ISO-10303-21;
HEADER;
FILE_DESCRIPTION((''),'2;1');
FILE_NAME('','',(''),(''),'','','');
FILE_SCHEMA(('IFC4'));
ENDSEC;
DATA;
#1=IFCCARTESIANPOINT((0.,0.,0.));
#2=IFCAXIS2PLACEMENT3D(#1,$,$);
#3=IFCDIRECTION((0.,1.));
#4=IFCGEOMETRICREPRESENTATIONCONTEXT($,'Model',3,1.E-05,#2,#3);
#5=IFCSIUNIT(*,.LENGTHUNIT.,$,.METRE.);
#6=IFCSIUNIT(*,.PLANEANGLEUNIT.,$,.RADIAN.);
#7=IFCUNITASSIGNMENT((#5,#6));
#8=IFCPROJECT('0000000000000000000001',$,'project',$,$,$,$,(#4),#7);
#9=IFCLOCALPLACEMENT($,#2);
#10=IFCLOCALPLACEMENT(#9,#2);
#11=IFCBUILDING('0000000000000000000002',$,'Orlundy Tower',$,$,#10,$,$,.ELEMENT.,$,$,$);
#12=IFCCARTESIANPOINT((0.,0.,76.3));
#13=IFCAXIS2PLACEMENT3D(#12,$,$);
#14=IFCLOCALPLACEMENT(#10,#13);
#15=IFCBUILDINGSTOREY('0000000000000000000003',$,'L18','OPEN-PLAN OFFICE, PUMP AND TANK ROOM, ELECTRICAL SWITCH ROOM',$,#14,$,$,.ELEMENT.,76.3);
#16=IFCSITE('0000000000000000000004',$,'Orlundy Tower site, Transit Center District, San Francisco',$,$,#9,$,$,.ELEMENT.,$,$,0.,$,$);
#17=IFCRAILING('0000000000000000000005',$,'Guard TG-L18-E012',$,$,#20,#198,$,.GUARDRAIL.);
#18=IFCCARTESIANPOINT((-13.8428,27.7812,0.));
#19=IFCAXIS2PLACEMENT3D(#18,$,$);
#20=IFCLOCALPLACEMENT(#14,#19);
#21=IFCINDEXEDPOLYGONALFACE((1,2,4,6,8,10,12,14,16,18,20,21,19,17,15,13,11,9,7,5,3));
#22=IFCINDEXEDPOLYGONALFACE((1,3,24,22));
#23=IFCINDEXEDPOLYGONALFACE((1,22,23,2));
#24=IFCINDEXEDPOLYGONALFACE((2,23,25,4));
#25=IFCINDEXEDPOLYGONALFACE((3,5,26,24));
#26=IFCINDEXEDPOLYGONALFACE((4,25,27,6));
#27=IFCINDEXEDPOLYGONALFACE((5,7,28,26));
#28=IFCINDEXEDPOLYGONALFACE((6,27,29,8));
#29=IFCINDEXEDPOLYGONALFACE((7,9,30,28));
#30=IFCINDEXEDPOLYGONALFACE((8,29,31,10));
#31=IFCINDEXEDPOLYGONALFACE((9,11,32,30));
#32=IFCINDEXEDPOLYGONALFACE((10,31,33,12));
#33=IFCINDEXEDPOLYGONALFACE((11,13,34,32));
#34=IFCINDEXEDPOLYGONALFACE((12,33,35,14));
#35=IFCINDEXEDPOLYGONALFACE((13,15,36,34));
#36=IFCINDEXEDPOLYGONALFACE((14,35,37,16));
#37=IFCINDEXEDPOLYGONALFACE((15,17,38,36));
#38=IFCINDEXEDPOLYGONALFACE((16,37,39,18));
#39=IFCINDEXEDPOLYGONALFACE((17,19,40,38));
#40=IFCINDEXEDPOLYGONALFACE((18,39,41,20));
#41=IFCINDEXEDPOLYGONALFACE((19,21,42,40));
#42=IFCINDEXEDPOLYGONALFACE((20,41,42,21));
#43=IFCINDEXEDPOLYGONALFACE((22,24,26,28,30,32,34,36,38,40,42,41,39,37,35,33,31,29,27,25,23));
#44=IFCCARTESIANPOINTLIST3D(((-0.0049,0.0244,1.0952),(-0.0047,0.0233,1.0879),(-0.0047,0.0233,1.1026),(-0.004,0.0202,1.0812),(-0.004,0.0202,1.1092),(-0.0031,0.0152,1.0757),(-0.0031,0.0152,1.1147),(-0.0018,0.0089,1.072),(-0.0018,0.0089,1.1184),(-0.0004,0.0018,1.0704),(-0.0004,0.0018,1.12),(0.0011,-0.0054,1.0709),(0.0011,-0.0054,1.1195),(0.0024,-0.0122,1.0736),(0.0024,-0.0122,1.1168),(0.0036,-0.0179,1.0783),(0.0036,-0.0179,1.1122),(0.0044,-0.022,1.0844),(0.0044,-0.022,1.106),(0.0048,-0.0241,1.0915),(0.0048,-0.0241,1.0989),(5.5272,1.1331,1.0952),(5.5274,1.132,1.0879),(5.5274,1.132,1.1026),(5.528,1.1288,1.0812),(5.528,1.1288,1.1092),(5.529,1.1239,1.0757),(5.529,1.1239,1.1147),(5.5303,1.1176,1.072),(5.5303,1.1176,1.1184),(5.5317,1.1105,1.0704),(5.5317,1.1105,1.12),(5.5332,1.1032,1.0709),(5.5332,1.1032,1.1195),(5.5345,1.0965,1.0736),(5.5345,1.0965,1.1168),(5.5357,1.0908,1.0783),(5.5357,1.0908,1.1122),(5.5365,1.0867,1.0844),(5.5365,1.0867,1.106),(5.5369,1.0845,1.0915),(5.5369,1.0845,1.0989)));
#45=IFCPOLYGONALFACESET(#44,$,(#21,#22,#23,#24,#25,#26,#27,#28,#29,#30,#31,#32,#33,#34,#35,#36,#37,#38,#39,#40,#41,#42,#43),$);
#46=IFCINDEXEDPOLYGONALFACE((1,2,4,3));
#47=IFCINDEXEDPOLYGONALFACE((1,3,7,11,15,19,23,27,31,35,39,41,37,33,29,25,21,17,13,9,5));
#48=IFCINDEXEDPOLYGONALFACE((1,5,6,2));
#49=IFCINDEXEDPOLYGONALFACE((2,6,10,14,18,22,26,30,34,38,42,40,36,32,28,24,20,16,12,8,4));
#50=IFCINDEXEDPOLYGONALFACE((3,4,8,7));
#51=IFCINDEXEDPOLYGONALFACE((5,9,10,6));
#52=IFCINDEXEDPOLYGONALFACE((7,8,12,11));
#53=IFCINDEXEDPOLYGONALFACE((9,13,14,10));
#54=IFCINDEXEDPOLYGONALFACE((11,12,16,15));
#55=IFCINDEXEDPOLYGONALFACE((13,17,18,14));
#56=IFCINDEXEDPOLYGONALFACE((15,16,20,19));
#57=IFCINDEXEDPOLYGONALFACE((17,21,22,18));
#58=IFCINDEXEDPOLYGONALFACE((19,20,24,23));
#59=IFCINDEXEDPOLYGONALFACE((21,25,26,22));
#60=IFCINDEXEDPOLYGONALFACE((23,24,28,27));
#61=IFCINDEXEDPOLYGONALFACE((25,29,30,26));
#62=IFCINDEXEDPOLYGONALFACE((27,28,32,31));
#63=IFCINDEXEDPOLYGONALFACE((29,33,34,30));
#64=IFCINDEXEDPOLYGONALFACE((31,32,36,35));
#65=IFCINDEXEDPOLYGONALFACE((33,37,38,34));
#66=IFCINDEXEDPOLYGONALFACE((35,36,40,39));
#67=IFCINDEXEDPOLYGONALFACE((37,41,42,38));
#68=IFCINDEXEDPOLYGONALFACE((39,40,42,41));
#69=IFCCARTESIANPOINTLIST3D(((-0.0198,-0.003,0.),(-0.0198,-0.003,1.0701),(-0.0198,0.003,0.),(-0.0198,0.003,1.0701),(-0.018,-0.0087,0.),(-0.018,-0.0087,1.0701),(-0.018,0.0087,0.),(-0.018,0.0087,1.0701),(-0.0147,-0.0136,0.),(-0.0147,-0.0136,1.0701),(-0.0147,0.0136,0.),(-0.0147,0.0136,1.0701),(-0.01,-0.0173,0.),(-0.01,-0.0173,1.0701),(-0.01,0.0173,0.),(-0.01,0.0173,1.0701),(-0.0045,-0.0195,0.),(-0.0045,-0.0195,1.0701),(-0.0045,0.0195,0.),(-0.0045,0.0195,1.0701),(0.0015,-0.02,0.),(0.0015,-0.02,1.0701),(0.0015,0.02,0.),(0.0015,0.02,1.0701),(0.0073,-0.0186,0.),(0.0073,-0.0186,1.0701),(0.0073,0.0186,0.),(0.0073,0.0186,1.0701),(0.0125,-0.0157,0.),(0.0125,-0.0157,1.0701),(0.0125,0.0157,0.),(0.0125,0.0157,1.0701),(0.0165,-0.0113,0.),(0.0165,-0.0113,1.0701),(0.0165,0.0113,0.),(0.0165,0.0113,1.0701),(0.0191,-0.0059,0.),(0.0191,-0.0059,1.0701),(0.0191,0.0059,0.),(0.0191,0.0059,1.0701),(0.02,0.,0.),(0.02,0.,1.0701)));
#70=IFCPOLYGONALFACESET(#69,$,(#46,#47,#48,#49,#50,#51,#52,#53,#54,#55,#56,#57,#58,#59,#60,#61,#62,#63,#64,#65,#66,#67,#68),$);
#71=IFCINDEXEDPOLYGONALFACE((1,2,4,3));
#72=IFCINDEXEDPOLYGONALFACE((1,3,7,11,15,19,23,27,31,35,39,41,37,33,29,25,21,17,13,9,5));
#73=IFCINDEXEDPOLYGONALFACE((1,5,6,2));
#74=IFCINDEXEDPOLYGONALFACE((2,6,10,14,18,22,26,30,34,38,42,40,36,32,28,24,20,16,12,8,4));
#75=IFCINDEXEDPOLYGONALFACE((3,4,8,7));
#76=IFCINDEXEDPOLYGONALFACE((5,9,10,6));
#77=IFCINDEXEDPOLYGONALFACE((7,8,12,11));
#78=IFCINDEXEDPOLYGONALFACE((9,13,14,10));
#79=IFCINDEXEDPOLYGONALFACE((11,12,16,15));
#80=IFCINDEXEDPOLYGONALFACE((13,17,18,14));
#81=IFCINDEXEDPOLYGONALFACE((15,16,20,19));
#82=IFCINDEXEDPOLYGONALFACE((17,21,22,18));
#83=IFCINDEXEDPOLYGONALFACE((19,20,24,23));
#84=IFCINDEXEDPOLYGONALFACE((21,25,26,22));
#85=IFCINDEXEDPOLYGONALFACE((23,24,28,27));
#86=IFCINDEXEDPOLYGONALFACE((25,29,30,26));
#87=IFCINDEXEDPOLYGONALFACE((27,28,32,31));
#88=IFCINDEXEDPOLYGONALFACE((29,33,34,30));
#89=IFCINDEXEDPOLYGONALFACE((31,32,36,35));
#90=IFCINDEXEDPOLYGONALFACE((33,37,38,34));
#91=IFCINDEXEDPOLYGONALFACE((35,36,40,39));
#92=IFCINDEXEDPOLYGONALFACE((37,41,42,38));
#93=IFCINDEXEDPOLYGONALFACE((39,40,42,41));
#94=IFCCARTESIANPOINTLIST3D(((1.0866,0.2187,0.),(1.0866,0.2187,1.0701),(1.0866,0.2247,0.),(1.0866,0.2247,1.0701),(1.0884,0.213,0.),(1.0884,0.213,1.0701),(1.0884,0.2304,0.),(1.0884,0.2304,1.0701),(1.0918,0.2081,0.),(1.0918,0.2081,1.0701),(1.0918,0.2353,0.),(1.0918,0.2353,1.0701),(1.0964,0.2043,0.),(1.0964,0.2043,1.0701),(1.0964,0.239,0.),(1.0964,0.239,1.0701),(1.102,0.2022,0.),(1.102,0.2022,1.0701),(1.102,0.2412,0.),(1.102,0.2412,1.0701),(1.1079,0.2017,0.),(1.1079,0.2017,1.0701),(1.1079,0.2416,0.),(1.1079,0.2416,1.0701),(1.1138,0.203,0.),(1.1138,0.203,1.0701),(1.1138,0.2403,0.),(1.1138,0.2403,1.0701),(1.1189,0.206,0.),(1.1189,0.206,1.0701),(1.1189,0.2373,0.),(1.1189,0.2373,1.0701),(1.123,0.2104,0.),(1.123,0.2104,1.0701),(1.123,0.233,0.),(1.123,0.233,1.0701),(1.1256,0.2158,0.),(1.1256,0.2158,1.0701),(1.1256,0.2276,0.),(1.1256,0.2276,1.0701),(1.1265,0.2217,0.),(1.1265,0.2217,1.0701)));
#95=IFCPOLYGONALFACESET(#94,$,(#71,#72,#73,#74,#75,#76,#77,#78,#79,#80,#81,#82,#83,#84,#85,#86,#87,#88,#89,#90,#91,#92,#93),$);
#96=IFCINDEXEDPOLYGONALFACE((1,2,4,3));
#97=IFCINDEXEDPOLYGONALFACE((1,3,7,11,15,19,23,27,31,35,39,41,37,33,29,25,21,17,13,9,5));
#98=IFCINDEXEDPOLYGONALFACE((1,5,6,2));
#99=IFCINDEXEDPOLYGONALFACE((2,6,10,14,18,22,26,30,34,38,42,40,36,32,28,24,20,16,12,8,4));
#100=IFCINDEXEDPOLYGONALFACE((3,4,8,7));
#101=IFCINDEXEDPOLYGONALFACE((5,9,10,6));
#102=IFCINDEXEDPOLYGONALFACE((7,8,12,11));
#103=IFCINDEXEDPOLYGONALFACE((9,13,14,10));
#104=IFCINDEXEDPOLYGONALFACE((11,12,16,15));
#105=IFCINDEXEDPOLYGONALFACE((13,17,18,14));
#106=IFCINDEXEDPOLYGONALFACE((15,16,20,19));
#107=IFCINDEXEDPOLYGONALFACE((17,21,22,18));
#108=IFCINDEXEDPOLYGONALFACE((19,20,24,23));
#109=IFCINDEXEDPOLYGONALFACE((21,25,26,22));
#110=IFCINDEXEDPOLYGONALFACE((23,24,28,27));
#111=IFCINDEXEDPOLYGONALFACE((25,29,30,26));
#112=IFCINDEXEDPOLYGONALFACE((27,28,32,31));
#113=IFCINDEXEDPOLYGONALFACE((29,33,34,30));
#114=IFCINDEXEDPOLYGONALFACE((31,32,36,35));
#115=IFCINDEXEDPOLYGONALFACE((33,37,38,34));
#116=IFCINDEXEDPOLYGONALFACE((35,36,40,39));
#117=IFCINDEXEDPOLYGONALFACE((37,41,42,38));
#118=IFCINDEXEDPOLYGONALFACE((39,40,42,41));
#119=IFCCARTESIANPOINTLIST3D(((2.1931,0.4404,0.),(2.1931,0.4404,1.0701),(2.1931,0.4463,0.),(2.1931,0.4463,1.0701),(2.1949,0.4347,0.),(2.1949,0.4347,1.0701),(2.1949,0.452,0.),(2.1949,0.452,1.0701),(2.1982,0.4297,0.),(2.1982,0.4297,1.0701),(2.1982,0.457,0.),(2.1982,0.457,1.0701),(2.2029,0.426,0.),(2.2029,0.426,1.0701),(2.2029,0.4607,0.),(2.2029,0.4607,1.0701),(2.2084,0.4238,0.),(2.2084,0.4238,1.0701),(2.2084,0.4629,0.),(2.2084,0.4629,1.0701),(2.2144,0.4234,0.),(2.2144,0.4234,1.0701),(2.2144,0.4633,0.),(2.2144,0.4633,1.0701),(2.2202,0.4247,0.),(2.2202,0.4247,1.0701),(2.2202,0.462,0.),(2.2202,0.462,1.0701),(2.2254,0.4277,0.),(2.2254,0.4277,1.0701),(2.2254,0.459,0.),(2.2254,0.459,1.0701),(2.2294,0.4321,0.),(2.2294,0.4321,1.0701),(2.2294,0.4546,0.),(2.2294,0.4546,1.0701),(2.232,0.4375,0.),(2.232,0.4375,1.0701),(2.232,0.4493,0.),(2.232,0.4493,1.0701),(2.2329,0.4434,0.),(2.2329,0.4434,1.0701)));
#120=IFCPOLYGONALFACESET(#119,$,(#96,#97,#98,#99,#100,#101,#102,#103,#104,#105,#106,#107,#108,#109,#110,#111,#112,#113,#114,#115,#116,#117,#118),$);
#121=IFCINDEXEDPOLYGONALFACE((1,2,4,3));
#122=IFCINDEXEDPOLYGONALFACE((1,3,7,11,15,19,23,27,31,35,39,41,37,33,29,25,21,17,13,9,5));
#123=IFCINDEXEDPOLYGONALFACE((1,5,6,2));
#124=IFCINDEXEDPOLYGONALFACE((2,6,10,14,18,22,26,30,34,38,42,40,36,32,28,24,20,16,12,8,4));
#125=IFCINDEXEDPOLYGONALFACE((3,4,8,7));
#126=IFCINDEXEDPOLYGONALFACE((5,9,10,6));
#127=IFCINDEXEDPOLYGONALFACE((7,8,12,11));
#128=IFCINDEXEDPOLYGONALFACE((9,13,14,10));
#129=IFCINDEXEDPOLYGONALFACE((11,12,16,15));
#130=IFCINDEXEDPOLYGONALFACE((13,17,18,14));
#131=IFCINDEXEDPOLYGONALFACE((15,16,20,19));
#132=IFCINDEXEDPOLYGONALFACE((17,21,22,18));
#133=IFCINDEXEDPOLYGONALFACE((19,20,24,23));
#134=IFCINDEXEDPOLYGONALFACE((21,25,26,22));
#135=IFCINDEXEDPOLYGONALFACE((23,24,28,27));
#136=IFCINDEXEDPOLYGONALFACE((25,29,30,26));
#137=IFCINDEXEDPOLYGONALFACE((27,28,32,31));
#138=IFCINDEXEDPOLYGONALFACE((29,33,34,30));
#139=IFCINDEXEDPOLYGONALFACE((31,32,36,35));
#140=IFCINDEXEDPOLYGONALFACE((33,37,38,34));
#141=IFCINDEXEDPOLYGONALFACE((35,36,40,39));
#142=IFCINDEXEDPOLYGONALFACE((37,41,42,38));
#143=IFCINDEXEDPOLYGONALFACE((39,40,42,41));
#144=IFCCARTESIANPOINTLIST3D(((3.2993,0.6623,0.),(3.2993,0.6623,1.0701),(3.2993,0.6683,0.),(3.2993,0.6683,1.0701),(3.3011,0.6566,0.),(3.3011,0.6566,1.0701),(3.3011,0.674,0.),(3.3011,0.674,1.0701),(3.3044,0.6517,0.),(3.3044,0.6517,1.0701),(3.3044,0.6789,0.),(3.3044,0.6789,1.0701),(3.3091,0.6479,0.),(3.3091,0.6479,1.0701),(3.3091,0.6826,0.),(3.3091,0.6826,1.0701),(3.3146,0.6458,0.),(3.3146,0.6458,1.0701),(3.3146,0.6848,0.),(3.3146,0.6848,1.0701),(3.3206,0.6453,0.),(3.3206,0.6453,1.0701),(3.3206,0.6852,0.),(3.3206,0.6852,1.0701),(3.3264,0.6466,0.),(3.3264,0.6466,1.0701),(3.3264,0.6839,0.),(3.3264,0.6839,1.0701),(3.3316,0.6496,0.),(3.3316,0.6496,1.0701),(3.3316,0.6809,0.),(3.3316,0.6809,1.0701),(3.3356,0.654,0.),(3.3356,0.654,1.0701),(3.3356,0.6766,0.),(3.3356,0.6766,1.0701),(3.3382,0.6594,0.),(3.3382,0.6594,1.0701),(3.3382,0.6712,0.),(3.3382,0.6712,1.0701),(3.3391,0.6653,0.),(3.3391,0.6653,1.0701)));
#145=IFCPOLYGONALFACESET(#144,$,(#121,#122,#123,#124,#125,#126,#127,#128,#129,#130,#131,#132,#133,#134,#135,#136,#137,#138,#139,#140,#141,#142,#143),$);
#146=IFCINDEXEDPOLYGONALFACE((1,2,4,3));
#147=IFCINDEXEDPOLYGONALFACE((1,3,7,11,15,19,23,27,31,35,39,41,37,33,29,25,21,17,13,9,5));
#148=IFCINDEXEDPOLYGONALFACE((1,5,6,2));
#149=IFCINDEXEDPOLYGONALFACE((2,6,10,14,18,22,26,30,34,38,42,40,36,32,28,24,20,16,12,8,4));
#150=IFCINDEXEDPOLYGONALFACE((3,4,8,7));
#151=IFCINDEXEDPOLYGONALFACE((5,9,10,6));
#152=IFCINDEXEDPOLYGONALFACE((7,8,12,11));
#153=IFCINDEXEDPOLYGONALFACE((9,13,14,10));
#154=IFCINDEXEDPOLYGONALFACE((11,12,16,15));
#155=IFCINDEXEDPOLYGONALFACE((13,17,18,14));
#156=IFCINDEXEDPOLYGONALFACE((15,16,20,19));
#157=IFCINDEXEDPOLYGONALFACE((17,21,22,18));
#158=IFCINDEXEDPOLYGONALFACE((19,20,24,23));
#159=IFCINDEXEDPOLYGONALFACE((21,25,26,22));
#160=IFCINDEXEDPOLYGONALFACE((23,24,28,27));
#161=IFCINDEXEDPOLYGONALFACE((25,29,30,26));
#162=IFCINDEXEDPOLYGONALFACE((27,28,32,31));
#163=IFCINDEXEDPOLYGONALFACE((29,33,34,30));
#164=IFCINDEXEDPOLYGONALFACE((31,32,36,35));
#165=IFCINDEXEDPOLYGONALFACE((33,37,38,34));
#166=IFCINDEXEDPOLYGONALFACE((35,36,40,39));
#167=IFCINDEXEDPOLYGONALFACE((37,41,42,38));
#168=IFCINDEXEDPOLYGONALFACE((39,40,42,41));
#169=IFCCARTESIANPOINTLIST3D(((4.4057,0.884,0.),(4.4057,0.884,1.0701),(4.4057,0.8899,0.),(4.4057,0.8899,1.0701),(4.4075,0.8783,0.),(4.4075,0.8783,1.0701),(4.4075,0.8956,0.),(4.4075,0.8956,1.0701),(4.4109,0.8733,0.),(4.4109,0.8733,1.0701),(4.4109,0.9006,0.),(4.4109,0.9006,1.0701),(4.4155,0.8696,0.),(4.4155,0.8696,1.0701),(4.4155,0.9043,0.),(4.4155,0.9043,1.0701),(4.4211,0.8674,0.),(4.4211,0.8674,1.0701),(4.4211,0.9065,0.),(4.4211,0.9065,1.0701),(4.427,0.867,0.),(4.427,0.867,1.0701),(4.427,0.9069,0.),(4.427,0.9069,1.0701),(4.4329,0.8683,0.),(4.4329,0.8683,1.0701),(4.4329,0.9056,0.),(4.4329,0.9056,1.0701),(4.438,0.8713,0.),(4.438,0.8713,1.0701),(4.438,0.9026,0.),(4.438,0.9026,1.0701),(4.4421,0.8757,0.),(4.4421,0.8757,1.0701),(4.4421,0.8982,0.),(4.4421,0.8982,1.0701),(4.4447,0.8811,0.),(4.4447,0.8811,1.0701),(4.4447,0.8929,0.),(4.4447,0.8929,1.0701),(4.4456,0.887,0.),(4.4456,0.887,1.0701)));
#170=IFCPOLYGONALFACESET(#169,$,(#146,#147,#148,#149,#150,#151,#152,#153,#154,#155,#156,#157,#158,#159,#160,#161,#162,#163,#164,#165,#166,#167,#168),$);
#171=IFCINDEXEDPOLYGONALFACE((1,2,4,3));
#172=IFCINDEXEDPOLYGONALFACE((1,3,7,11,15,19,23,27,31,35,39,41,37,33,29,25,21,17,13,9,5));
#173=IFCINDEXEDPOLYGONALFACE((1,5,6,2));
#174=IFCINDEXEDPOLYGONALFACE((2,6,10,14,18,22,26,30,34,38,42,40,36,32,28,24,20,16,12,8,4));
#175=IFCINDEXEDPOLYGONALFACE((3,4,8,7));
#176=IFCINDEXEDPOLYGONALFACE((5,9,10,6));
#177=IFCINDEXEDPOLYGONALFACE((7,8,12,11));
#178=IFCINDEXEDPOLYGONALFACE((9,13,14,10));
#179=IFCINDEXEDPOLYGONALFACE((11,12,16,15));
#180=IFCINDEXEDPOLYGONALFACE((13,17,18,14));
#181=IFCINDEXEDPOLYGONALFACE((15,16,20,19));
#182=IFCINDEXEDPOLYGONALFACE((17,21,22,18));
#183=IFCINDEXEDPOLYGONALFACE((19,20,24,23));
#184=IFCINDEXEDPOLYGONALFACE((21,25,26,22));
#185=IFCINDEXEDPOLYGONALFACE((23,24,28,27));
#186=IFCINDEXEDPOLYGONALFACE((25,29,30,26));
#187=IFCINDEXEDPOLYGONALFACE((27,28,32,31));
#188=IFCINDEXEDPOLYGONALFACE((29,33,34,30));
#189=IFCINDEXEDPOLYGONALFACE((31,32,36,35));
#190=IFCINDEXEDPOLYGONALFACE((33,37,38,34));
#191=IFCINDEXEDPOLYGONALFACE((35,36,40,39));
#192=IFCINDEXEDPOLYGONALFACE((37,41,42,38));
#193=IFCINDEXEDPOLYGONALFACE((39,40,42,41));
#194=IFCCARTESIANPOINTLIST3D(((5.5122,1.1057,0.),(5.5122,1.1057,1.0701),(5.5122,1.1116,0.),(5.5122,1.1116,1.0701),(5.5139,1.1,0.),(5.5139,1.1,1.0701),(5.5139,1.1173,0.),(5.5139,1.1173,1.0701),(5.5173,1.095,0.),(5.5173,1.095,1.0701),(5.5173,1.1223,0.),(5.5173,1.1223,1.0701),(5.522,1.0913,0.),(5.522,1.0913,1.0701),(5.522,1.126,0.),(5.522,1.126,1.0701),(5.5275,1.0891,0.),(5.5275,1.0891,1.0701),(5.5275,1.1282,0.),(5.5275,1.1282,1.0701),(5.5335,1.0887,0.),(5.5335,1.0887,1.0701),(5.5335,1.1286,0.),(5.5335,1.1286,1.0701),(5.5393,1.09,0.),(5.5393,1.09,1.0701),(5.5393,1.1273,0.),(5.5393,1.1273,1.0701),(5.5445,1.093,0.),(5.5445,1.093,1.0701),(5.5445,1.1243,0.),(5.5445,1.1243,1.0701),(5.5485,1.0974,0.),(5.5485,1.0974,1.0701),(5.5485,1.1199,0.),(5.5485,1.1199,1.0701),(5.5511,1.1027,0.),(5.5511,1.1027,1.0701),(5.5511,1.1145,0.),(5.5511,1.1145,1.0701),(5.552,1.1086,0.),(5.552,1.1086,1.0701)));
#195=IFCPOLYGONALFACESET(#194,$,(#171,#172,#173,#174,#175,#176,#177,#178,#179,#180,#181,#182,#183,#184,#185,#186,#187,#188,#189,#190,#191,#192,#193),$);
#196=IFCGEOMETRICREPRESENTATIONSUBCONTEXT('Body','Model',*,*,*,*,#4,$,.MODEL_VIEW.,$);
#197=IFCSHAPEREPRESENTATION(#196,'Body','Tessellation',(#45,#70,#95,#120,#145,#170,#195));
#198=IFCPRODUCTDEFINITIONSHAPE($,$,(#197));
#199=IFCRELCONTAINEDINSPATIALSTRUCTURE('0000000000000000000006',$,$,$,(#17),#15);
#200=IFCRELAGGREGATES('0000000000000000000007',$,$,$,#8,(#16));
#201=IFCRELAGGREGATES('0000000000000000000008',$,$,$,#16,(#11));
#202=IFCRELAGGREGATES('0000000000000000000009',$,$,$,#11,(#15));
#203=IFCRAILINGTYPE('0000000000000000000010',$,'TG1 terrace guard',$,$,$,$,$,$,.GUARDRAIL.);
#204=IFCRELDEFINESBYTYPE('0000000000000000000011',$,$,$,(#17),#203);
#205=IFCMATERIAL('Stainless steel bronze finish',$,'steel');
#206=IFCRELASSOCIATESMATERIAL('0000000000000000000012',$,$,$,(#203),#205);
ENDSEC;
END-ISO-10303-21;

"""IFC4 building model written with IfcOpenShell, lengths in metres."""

from ifc_helpers import new_model, si_unit, direction, frame, origin, origin_2d, place, context, subcontext, project, spatial, circle, extrude, material, type_object, element, save


model = new_model("IFC4")

# Units and contexts
model_context = context("Model", 3, precision=1e-05, world=origin(), true_north=direction((0.0, 1.0)))
body_context = subcontext(model_context, "Body", "Model", "MODEL_VIEW")
ifc_project = project(units=[si_unit("LENGTHUNIT", "METRE"), si_unit("PLANEANGLEUNIT", "RADIAN")], contexts=[model_context])

# Site, building, storey
site_placement = place(None, origin())
site = spatial("IfcSite", under=ifc_project, at=site_placement, Name="Orlundy Tower site, Transit Center District, San Francisco", CompositionType="ELEMENT", RefElevation=0.0)
building_placement = place(site_placement, origin())
building = spatial("IfcBuilding", under=site, at=building_placement, Name="Orlundy Tower", CompositionType="ELEMENT")
storey_placement = place(building_placement, frame((0.0, 0.0, 76.3)))
storey = spatial("IfcBuildingStorey", under=building, at=storey_placement, Name="L18", Description="OPEN-PLAN OFFICE, PUMP AND TANK ROOM, ELECTRICAL SWITCH ROOM", CompositionType="ELEMENT", Elevation=76.3)

# Railing
ifc_material_1 = material(Name="Stainless steel bronze finish", Category="steel")
railing_type_1 = type_object("IfcRailingType", Name="TG1 terrace guard", PredefinedType="GUARDRAIL", material=ifc_material_1)
railing_1_placement = place(storey_placement, frame((-13.8428, 27.7812, 0.0)))
element("IfcRailing", 1, at=railing_1_placement, inside=storey, type_object=railing_type_1, Name="Guard TG-L18-E012", PredefinedType="GUARDRAIL", context=body_context, shape_type="SweptSolid", body=[
    extrude(circle(Radius=0.0249, at=origin_2d()), frame((0.0, 0.0, 1.0952), z_axis=(0.980504, 0.196499, 0.0), x_axis=(-0.196499, 0.980504, 0.0)), (0.0, 0.0, 1.0), 5.6421),
    extrude(circle(Radius=0.02, at=origin_2d()), origin(), (0.0, 0.0, 1.0), 1.0701),
    extrude(circle(Radius=0.02, at=origin_2d()), frame((1.1064, 0.2217, 0.0)), (0.0, 0.0, 1.0), 1.0701),
    extrude(circle(Radius=0.02, at=origin_2d()), frame((2.2129, 0.4434, 0.0)), (0.0, 0.0, 1.0), 1.0701),
    extrude(circle(Radius=0.02, at=origin_2d()), frame((3.3191, 0.6653, 0.0)), (0.0, 0.0, 1.0), 1.0701),
    extrude(circle(Radius=0.02, at=origin_2d()), frame((4.4255, 0.887, 0.0)), (0.0, 0.0, 1.0), 1.0701),
    extrude(circle(Radius=0.02, at=origin_2d()), frame((5.532, 1.1086, 0.0)), (0.0, 0.0, 1.0), 1.0701),
])

save(model, "model.ifc")
